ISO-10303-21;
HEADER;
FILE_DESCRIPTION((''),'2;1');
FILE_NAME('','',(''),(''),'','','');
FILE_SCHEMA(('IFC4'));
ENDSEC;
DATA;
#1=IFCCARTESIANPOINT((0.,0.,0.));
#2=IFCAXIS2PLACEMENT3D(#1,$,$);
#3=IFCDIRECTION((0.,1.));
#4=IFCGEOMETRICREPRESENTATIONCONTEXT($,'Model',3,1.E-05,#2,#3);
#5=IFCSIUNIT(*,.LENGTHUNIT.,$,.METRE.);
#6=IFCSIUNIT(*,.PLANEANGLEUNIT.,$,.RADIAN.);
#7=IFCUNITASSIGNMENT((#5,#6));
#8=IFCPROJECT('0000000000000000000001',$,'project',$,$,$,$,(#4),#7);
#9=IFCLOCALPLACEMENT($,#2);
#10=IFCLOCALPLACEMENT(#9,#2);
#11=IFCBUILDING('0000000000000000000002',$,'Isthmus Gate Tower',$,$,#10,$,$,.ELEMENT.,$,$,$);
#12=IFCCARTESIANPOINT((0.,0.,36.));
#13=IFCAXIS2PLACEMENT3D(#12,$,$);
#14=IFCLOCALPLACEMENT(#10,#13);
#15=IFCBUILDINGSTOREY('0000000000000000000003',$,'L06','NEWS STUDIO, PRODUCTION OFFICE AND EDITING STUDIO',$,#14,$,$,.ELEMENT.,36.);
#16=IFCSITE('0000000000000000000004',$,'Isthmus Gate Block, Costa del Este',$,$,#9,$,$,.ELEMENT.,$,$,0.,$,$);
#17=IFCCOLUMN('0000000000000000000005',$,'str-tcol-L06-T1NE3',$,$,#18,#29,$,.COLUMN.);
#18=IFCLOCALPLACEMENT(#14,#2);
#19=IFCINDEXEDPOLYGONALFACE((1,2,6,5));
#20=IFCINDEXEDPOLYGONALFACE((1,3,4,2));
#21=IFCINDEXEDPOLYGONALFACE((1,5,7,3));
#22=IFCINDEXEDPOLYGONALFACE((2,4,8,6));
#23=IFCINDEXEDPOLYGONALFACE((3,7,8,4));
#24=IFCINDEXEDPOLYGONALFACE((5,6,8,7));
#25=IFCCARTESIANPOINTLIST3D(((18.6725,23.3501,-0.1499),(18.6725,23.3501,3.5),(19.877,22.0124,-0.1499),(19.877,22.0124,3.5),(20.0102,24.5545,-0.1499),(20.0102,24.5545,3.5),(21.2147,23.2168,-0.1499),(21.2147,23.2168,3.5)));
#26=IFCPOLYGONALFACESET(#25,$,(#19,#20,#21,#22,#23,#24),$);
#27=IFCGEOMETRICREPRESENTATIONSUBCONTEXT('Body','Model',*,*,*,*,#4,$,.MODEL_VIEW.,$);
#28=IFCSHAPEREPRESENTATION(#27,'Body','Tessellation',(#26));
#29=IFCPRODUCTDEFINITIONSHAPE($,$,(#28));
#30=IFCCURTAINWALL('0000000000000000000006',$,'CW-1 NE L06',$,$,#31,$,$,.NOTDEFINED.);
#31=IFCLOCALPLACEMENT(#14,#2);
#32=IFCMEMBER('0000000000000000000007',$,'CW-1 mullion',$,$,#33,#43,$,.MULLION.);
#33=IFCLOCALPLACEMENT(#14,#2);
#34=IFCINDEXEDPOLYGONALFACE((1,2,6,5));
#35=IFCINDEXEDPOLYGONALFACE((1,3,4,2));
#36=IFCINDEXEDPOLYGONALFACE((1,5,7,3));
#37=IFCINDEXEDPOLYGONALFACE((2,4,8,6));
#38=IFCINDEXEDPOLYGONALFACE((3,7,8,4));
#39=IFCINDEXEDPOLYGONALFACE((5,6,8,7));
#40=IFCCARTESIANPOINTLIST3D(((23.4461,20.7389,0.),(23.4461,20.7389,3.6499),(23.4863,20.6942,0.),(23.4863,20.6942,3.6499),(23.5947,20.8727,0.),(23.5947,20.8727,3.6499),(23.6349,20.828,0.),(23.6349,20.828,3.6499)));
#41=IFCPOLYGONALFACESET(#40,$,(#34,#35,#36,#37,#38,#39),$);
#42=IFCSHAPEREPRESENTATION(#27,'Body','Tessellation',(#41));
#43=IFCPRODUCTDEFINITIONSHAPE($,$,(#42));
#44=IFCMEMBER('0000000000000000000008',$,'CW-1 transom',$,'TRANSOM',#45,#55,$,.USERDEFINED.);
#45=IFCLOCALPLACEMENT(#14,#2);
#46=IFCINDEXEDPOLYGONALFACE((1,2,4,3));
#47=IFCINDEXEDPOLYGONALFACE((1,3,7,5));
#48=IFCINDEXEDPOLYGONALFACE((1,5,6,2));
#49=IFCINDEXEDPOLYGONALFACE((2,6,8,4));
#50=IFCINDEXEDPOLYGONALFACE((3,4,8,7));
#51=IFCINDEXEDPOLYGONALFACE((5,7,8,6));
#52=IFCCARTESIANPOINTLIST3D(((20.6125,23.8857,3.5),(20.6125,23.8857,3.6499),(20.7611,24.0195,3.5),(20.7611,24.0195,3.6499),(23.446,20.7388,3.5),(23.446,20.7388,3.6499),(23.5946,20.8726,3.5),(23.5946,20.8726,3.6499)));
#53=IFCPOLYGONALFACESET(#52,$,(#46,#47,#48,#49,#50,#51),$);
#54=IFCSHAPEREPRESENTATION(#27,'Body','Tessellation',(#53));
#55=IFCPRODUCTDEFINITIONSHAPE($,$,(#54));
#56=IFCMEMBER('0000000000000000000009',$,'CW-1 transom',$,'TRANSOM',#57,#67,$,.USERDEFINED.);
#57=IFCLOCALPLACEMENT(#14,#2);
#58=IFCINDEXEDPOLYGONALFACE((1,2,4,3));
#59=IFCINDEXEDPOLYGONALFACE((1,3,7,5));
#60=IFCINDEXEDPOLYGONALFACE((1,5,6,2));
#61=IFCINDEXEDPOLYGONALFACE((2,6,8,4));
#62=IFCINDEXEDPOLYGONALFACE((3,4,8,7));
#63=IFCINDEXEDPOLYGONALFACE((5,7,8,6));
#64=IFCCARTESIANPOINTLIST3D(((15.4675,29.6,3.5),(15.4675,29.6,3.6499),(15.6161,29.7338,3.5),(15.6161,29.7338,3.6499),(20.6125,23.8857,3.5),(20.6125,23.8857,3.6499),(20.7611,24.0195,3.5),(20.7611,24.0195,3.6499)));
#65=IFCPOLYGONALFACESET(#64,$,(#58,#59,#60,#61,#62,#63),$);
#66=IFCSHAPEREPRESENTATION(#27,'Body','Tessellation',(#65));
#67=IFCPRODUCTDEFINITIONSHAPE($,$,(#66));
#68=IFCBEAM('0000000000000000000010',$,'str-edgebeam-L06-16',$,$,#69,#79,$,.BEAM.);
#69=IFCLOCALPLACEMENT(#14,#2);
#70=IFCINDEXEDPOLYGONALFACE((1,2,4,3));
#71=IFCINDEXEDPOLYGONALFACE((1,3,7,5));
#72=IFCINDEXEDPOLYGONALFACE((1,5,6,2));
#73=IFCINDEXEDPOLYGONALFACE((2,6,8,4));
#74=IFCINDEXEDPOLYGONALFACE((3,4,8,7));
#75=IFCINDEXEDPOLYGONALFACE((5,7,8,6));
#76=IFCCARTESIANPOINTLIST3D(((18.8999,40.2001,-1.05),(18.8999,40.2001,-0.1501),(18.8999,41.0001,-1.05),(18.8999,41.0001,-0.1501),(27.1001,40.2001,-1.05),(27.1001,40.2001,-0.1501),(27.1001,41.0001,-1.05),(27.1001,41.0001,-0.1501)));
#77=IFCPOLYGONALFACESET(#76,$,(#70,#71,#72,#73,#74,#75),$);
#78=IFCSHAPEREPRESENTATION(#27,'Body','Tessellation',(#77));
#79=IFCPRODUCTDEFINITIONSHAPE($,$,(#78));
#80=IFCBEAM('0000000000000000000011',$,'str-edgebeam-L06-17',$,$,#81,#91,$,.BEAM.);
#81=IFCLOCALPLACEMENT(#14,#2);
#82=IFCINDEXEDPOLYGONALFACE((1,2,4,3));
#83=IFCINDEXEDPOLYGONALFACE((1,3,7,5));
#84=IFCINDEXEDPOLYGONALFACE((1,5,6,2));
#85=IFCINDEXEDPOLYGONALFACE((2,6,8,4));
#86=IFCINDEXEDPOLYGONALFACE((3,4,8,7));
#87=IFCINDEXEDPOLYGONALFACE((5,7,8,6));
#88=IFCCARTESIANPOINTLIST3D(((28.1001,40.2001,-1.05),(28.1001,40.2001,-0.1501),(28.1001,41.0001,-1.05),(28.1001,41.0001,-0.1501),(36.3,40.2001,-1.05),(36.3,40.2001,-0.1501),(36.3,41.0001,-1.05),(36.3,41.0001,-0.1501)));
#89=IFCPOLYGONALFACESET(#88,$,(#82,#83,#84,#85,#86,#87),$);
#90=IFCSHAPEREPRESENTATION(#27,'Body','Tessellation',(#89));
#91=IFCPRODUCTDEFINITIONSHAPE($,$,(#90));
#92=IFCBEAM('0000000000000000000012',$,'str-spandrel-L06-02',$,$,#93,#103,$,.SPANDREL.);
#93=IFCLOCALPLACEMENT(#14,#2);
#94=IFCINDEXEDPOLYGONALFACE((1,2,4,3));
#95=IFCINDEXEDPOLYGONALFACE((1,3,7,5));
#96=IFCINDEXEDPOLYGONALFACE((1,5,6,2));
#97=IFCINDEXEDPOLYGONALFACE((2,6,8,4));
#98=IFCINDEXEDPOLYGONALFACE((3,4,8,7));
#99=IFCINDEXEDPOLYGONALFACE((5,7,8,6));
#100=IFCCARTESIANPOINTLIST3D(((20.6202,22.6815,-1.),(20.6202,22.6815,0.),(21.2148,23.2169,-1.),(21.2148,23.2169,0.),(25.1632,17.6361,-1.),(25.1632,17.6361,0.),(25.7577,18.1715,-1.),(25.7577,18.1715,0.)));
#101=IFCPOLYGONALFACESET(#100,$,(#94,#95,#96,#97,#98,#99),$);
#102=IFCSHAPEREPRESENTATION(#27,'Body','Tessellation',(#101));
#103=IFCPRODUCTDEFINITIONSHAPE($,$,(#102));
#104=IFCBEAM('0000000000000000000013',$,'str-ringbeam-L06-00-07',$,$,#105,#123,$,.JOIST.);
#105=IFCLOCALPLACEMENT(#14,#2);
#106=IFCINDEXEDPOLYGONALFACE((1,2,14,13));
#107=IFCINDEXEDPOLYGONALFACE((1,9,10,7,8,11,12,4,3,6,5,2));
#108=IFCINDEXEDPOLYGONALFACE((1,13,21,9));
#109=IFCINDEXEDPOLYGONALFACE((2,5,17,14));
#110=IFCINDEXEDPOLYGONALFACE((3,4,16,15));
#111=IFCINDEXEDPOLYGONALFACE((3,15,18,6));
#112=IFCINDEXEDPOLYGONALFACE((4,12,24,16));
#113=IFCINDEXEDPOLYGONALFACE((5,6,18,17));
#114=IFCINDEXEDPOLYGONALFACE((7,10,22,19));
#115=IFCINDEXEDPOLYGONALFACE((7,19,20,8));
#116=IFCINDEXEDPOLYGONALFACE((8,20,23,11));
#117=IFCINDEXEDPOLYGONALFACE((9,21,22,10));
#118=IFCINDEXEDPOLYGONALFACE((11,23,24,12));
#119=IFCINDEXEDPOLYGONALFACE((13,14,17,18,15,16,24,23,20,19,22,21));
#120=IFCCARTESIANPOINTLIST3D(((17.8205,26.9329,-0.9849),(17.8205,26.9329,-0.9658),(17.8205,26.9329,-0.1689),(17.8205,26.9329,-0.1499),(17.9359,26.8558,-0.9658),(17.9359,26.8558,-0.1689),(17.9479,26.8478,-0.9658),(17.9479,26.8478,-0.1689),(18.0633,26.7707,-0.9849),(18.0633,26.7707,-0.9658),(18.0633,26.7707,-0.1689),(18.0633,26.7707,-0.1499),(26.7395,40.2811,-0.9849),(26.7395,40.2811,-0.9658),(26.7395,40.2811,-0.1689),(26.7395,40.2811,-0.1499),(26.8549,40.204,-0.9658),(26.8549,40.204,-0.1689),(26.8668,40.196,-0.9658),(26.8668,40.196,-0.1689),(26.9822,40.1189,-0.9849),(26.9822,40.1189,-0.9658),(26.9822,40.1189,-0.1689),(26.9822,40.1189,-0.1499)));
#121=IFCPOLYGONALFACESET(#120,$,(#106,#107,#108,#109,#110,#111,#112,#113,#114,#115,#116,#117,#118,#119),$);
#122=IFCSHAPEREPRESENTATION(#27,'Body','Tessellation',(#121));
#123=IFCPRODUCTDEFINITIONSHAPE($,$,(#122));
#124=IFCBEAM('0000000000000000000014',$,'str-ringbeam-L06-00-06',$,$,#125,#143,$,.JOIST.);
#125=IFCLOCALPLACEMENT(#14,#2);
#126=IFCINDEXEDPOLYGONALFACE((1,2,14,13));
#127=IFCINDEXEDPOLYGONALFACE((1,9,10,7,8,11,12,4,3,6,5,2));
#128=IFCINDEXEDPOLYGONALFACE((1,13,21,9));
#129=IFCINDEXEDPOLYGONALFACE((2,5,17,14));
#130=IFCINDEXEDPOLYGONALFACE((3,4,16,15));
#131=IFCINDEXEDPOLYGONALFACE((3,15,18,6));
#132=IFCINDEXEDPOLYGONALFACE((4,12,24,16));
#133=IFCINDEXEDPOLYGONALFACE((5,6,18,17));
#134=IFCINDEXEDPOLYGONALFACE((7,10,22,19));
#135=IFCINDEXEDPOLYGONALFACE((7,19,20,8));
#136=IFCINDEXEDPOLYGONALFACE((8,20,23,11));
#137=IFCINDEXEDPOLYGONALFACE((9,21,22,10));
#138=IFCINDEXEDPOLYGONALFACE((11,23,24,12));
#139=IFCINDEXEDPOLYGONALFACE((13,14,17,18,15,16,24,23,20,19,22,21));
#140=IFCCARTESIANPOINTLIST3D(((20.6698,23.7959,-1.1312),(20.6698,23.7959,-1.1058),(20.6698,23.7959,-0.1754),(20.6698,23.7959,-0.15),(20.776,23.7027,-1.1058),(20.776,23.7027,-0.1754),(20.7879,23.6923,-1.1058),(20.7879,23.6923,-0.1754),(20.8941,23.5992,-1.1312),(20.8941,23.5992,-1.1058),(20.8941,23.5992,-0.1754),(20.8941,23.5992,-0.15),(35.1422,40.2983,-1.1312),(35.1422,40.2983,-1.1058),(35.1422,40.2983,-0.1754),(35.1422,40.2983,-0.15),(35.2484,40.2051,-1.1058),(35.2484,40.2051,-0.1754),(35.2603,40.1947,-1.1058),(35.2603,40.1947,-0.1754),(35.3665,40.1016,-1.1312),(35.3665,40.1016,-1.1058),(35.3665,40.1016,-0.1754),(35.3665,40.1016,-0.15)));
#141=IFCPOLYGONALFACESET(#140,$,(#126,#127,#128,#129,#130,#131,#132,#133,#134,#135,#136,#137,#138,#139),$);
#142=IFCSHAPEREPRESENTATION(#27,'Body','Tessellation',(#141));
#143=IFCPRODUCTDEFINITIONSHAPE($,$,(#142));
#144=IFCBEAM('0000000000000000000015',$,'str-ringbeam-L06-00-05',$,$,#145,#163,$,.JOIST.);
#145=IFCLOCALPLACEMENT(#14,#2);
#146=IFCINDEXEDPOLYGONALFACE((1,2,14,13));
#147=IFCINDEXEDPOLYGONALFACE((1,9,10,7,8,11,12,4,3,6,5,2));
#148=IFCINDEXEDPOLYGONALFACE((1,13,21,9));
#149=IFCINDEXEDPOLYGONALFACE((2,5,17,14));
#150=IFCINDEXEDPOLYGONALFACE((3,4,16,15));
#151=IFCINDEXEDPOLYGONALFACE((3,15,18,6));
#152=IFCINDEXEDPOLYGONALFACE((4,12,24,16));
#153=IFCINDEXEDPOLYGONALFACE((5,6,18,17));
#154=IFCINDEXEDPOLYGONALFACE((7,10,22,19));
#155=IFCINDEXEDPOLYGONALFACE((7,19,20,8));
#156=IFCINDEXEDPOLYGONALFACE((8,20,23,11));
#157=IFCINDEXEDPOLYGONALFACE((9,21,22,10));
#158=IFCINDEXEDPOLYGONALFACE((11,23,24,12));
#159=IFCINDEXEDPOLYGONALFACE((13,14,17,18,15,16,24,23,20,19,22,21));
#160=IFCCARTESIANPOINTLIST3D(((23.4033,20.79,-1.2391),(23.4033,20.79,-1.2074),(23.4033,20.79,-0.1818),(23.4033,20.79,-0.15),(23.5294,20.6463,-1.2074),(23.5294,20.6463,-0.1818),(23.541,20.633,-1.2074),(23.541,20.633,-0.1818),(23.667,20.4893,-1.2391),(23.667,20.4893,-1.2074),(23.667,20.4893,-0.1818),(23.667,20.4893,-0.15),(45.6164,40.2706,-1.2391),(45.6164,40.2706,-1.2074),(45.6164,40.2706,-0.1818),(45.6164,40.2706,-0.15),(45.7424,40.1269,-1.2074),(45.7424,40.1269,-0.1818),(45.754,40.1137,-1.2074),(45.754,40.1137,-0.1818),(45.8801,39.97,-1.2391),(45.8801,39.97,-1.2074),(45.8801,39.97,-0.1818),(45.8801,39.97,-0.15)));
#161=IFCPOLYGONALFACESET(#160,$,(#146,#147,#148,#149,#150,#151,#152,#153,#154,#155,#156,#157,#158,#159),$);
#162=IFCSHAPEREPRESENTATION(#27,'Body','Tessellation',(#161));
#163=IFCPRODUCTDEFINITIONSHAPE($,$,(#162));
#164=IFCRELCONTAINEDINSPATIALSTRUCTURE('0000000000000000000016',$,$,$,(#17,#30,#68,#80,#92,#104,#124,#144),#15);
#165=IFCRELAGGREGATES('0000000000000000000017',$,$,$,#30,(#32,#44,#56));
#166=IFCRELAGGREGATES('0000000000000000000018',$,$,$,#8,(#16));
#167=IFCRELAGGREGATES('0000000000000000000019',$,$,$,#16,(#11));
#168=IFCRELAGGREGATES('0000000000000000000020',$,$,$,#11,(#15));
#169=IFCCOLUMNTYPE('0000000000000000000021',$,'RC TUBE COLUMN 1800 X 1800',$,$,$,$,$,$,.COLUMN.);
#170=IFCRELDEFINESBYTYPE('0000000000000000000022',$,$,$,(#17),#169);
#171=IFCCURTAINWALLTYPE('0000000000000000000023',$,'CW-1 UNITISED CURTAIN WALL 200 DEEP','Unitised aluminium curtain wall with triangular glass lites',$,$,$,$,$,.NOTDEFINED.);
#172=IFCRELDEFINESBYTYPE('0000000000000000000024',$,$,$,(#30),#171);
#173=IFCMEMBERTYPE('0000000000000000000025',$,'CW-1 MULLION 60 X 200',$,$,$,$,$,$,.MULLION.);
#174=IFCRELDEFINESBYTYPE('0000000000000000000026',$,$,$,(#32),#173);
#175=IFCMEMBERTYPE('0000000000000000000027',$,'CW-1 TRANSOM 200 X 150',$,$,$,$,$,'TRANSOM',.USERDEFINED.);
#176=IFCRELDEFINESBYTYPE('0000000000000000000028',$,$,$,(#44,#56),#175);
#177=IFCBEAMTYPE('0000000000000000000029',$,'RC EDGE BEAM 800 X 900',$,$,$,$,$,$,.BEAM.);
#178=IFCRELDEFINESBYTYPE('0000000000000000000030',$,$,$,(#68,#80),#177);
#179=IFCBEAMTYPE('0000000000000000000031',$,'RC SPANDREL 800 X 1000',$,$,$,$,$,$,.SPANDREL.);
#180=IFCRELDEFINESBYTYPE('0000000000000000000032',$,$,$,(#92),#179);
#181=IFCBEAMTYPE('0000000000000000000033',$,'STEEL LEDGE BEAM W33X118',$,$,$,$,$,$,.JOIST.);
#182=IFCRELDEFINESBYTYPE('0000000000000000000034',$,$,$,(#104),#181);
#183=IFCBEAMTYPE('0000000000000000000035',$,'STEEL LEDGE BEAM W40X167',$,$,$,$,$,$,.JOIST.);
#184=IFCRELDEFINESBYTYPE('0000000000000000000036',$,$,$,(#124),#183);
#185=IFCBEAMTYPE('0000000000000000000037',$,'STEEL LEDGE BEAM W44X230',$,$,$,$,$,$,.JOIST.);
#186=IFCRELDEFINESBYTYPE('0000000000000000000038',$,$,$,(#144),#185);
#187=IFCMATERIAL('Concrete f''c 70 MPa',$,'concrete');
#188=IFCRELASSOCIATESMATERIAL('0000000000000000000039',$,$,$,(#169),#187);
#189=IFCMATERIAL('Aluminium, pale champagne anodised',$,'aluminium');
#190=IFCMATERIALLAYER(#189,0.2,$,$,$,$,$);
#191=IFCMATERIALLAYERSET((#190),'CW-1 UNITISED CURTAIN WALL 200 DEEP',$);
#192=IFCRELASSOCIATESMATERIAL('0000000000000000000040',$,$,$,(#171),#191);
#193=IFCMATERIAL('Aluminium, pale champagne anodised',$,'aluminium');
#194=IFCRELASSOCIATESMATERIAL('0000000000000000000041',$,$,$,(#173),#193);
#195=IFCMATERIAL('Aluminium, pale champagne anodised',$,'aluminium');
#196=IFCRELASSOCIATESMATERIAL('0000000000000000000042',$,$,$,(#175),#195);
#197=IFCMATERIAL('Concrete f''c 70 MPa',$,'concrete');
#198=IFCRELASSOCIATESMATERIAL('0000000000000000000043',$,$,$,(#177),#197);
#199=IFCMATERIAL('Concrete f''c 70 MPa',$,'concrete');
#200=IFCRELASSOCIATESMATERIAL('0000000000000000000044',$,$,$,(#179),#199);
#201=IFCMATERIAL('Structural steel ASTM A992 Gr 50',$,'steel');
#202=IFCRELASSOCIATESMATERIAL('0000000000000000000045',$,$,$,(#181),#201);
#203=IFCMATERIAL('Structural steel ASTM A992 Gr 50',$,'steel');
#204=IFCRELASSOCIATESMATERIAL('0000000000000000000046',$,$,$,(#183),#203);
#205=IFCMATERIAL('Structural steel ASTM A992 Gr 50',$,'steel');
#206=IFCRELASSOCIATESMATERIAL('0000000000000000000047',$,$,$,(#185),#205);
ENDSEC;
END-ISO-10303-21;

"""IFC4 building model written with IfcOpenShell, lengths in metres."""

from ifc_helpers import new_model, si_unit, direction, frame, origin, origin_2d, place, context, subcontext, project, spatial, rectangle, i_section, extrude, material, layer, layer_set, material_profile, profile_set, type_object, element, aggregate, save


model = new_model("IFC4")

# Units and contexts
model_context = context("Model", 3, precision=1e-05, world=origin(), true_north=direction((0.0, 1.0)))
body_context = subcontext(model_context, "Body", "Model", "MODEL_VIEW")
ifc_project = project(units=[si_unit("LENGTHUNIT", "METRE"), si_unit("PLANEANGLEUNIT", "RADIAN")], contexts=[model_context])

# Site, building, storey
site_placement = place(None, origin())
site = spatial("IfcSite", under=ifc_project, at=site_placement, Name="Isthmus Gate Block, Costa del Este", CompositionType="ELEMENT", RefElevation=0.0)
building_placement = place(site_placement, origin())
building = spatial("IfcBuilding", under=site, at=building_placement, Name="Isthmus Gate Tower", CompositionType="ELEMENT")
storey_placement = place(building_placement, frame((0.0, 0.0, 36.0)))
storey = spatial("IfcBuildingStorey", under=building, at=storey_placement, Name="L06", Description="NEWS STUDIO, PRODUCTION OFFICE AND EDITING STUDIO", CompositionType="ELEMENT", Elevation=36.0)

# Column
ifc_material_1 = material(Name="Concrete f'c 70 MPa", Category="concrete")
ifc_material_profile_1 = material_profile(ifc_material_1, rectangle(XDim=1.8, YDim=1.8, at=origin_2d()), Name="RC 1800X1800")
ifc_profile_set_1 = profile_set([ifc_material_profile_1], Name="Concrete f'c 70 MPa")
column_type = type_object("IfcColumnType", Name="RC TUBE COLUMN 1800 X 1800", PredefinedType="COLUMN", material=ifc_profile_set_1)
column_placement = place(storey_placement, frame((19.9436, 23.2834, -0.1499), z_axis=(0.0, 0.0, 1.0), x_axis=(-0.669131, 0.743145, 0.0)))
element("IfcColumn", 1, at=column_placement, inside=storey, type_object=column_type, Name="str-tcol-L06-T1NE3", PredefinedType="COLUMN", context=body_context, shape_type="SweptSolid", body=[
    extrude(rectangle(XDim=1.8, YDim=1.8, at=origin_2d()), origin(), (0.0, 0.0, 1.0), 3.6499),
])

# Curtain wall, members
ifc_material_2 = material(Name="Aluminium, pale champagne anodised", Category="aluminium")
ifc_layer_1 = layer(ifc_material_2, 0.2)
ifc_layer_set_1 = layer_set([ifc_layer_1], Name="CW-1 UNITISED CURTAIN WALL 200 DEEP")
curtain_wall_type = type_object("IfcCurtainWallType", Name="CW-1 UNITISED CURTAIN WALL 200 DEEP", Description="Unitised aluminium curtain wall with triangular glass lites", PredefinedType="NOTDEFINED", material=ifc_layer_set_1)
curtain_wall_placement = place(storey_placement, origin())
curtain_wall = element("IfcCurtainWall", 2, at=curtain_wall_placement, inside=storey, type_object=curtain_wall_type, Name="CW-1 NE L06", PredefinedType="NOTDEFINED")
ifc_material_3 = material(Name="Aluminium, pale champagne anodised", Category="aluminium")
ifc_material_profile_2 = material_profile(ifc_material_3, rectangle(XDim=0.0601, YDim=0.2, at=origin_2d()), Name="60x200")
ifc_profile_set_2 = profile_set([ifc_material_profile_2], Name="Aluminium, pale champagne anodised")
member_type_1 = type_object("IfcMemberType", Name="CW-1 MULLION 60 X 200", PredefinedType="MULLION", material=ifc_profile_set_2)
member_1_placement = place(storey_placement, frame((23.5405, 20.7834, 0.0), z_axis=(0.0, 0.0, 1.0), x_axis=(-0.669131, 0.743145, 0.0)))
member_1 = element("IfcMember", 3, at=member_1_placement, type_object=member_type_1, Name="CW-1 mullion", PredefinedType="MULLION", context=body_context, shape_type="SweptSolid", body=[
    extrude(rectangle(XDim=0.0601, YDim=0.2, at=origin_2d()), origin(), (0.0, 0.0, 1.0), 3.6499),
])
ifc_material_4 = material(Name="Aluminium, pale champagne anodised", Category="aluminium")
ifc_material_profile_3 = material_profile(ifc_material_4, rectangle(XDim=0.2, YDim=0.1499, at=origin_2d()), Name="200x150")
ifc_profile_set_3 = profile_set([ifc_material_profile_3], Name="Aluminium, pale champagne anodised")
member_type_2 = type_object("IfcMemberType", Name="CW-1 TRANSOM 200 X 150", ElementType="TRANSOM", PredefinedType="USERDEFINED", material=ifc_profile_set_3)
member_2_placement = place(storey_placement, frame((23.5203, 20.8057, 3.575), z_axis=(-0.669124, 0.743151, 0.0), x_axis=(-0.743151, -0.669124, 0.0)))
member_2 = element("IfcMember", 4, at=member_2_placement, type_object=member_type_2, Name="CW-1 transom", ObjectType="TRANSOM", PredefinedType="USERDEFINED", context=body_context, shape_type="SweptSolid", body=[
    extrude(rectangle(XDim=0.2, YDim=0.1499, at=origin_2d()), origin(), (0.0, 0.0, 1.0), 4.2346),
])
member_3_placement = place(storey_placement, frame((20.6868, 23.9526, 3.575), z_axis=(-0.669116, 0.743158, 0.0), x_axis=(-0.743158, -0.669116, 0.0)))
member_3 = element("IfcMember", 5, at=member_3_placement, type_object=member_type_2, Name="CW-1 transom", ObjectType="TRANSOM", PredefinedType="USERDEFINED", context=body_context, shape_type="SweptSolid", body=[
    extrude(rectangle(XDim=0.2, YDim=0.1499, at=origin_2d()), origin(), (0.0, 0.0, 1.0), 7.6892),
])

# Beams
ifc_material_5 = material(Name="Concrete f'c 70 MPa", Category="concrete")
ifc_material_profile_4 = material_profile(ifc_material_5, rectangle(XDim=0.8, YDim=0.8999, at=origin_2d()), Name="RC 800X900")
ifc_profile_set_4 = profile_set([ifc_material_profile_4], Name="Concrete f'c 70 MPa")
beam_type_1 = type_object("IfcBeamType", Name="RC EDGE BEAM 800 X 900", PredefinedType="BEAM", material=ifc_profile_set_4)
beam_1_placement = place(storey_placement, frame((18.8999, 40.6001, -0.6001), z_axis=(1.0, 0.0, 0.0), x_axis=(0.0, 1.0, 0.0)))
element("IfcBeam", 6, at=beam_1_placement, inside=storey, type_object=beam_type_1, Name="str-edgebeam-L06-16", PredefinedType="BEAM", context=body_context, shape_type="SweptSolid", body=[
    extrude(rectangle(XDim=0.8, YDim=0.8999, at=origin_2d()), origin(), (0.0, 0.0, 1.0), 8.2002),
])
beam_2_placement = place(storey_placement, frame((28.1001, 40.6001, -0.6001), z_axis=(1.0, 0.0, 0.0), x_axis=(0.0, 1.0, 0.0)))
element("IfcBeam", 7, at=beam_2_placement, inside=storey, type_object=beam_type_1, Name="str-edgebeam-L06-17", PredefinedType="BEAM", context=body_context, shape_type="SweptSolid", body=[
    extrude(rectangle(XDim=0.8, YDim=0.8999, at=origin_2d()), origin(), (0.0, 0.0, 1.0), 8.2),
])
ifc_material_6 = material(Name="Concrete f'c 70 MPa", Category="concrete")
ifc_material_profile_5 = material_profile(ifc_material_6, rectangle(XDim=0.8, YDim=1.0, at=origin_2d()), Name="RC 800X1000")
ifc_profile_set_5 = profile_set([ifc_material_profile_5], Name="Concrete f'c 70 MPa")
beam_type_2 = type_object("IfcBeamType", Name="RC SPANDREL 800 X 1000", PredefinedType="SPANDREL", material=ifc_profile_set_5)
beam_3_placement = place(storey_placement, frame((20.9175, 22.9492, -0.5), z_axis=(0.669136, -0.74314, 0.0), x_axis=(0.74314, 0.669136, 0.0)))
element("IfcBeam", 8, at=beam_3_placement, inside=storey, type_object=beam_type_2, Name="str-spandrel-L06-02", PredefinedType="SPANDREL", context=body_context, shape_type="SweptSolid", body=[
    extrude(rectangle(XDim=0.8, YDim=1.0, at=origin_2d()), origin(), (0.0, 0.0, 1.0), 6.7893),
])
ifc_material_7 = material(Name="Structural steel ASTM A992 Gr 50", Category="steel")
ifc_material_profile_6 = material_profile(ifc_material_7, i_section(OverallWidth=0.292, OverallDepth=0.835, WebThickness=0.0144, FlangeThickness=0.019, at=origin_2d()), Name="W33X118")
ifc_profile_set_6 = profile_set([ifc_material_profile_6], Name="Structural steel ASTM A992 Gr 50")
beam_type_3 = type_object("IfcBeamType", Name="STEEL LEDGE BEAM W33X118", PredefinedType="JOIST", material=ifc_profile_set_6)
beam_4_placement = place(storey_placement, frame((17.9419, 26.8518, -0.5674), z_axis=(0.55557, 0.83147, 0.0), x_axis=(-0.83147, 0.55557, 0.0)))
element("IfcBeam", 9, at=beam_4_placement, inside=storey, type_object=beam_type_3, Name="str-ringbeam-L06-00-07", PredefinedType="JOIST", context=body_context, shape_type="SweptSolid", body=[
    extrude(i_section(OverallWidth=0.292, OverallDepth=0.835, WebThickness=0.0144, FlangeThickness=0.019, at=origin_2d()), origin(), (0.0, 0.0, 1.0), 16.0537),
])
ifc_material_8 = material(Name="Structural steel ASTM A992 Gr 50", Category="steel")
ifc_material_profile_7 = material_profile(ifc_material_8, i_section(OverallWidth=0.2983, OverallDepth=0.9812, WebThickness=0.0159, FlangeThickness=0.0254, at=origin_2d()), Name="W40X167")
ifc_profile_set_7 = profile_set([ifc_material_profile_7], Name="Structural steel ASTM A992 Gr 50")
beam_type_4 = type_object("IfcBeamType", Name="STEEL LEDGE BEAM W40X167", PredefinedType="JOIST", material=ifc_profile_set_7)
beam_5_placement = place(storey_placement, frame((20.782, 23.6975, -0.6406), z_axis=(0.65935, 0.751836, 0.0), x_axis=(-0.751836, 0.65935, 0.0)))
element("IfcBeam", 10, at=beam_5_placement, inside=storey, type_object=beam_type_4, Name="str-ringbeam-L06-00-06", PredefinedType="JOIST", context=body_context, shape_type="SweptSolid", body=[
    extrude(i_section(OverallWidth=0.2983, OverallDepth=0.9812, WebThickness=0.0159, FlangeThickness=0.0254, at=origin_2d()), origin(), (0.0, 0.0, 1.0), 21.9495),
])
ifc_material_9 = material(Name="Structural steel ASTM A992 Gr 50", Category="steel")
ifc_material_profile_8 = material_profile(ifc_material_9, i_section(OverallWidth=0.3999, OverallDepth=1.0891, WebThickness=0.0176, FlangeThickness=0.0317, at=origin_2d()), Name="W44X230")
ifc_profile_set_8 = profile_set([ifc_material_profile_8], Name="Structural steel ASTM A992 Gr 50")
beam_type_5 = type_object("IfcBeamType", Name="STEEL LEDGE BEAM W44X230", PredefinedType="JOIST", material=ifc_profile_set_8)
beam_6_placement = place(storey_placement, frame((23.5352, 20.6396, -0.6946), z_axis=(0.751834, 0.659352, 0.0), x_axis=(-0.659352, 0.751834, 0.0)))
element("IfcBeam", 11, at=beam_6_placement, inside=storey, type_object=beam_type_5, Name="str-ringbeam-L06-00-05", PredefinedType="JOIST", context=body_context, shape_type="SweptSolid", body=[
    extrude(i_section(OverallWidth=0.3999, OverallDepth=1.0891, WebThickness=0.0176, FlangeThickness=0.0317, at=origin_2d()), origin(), (0.0, 0.0, 1.0), 29.5452),
])

aggregate(curtain_wall, [member_1, member_2, member_3])

save(model, "model.ifc")
